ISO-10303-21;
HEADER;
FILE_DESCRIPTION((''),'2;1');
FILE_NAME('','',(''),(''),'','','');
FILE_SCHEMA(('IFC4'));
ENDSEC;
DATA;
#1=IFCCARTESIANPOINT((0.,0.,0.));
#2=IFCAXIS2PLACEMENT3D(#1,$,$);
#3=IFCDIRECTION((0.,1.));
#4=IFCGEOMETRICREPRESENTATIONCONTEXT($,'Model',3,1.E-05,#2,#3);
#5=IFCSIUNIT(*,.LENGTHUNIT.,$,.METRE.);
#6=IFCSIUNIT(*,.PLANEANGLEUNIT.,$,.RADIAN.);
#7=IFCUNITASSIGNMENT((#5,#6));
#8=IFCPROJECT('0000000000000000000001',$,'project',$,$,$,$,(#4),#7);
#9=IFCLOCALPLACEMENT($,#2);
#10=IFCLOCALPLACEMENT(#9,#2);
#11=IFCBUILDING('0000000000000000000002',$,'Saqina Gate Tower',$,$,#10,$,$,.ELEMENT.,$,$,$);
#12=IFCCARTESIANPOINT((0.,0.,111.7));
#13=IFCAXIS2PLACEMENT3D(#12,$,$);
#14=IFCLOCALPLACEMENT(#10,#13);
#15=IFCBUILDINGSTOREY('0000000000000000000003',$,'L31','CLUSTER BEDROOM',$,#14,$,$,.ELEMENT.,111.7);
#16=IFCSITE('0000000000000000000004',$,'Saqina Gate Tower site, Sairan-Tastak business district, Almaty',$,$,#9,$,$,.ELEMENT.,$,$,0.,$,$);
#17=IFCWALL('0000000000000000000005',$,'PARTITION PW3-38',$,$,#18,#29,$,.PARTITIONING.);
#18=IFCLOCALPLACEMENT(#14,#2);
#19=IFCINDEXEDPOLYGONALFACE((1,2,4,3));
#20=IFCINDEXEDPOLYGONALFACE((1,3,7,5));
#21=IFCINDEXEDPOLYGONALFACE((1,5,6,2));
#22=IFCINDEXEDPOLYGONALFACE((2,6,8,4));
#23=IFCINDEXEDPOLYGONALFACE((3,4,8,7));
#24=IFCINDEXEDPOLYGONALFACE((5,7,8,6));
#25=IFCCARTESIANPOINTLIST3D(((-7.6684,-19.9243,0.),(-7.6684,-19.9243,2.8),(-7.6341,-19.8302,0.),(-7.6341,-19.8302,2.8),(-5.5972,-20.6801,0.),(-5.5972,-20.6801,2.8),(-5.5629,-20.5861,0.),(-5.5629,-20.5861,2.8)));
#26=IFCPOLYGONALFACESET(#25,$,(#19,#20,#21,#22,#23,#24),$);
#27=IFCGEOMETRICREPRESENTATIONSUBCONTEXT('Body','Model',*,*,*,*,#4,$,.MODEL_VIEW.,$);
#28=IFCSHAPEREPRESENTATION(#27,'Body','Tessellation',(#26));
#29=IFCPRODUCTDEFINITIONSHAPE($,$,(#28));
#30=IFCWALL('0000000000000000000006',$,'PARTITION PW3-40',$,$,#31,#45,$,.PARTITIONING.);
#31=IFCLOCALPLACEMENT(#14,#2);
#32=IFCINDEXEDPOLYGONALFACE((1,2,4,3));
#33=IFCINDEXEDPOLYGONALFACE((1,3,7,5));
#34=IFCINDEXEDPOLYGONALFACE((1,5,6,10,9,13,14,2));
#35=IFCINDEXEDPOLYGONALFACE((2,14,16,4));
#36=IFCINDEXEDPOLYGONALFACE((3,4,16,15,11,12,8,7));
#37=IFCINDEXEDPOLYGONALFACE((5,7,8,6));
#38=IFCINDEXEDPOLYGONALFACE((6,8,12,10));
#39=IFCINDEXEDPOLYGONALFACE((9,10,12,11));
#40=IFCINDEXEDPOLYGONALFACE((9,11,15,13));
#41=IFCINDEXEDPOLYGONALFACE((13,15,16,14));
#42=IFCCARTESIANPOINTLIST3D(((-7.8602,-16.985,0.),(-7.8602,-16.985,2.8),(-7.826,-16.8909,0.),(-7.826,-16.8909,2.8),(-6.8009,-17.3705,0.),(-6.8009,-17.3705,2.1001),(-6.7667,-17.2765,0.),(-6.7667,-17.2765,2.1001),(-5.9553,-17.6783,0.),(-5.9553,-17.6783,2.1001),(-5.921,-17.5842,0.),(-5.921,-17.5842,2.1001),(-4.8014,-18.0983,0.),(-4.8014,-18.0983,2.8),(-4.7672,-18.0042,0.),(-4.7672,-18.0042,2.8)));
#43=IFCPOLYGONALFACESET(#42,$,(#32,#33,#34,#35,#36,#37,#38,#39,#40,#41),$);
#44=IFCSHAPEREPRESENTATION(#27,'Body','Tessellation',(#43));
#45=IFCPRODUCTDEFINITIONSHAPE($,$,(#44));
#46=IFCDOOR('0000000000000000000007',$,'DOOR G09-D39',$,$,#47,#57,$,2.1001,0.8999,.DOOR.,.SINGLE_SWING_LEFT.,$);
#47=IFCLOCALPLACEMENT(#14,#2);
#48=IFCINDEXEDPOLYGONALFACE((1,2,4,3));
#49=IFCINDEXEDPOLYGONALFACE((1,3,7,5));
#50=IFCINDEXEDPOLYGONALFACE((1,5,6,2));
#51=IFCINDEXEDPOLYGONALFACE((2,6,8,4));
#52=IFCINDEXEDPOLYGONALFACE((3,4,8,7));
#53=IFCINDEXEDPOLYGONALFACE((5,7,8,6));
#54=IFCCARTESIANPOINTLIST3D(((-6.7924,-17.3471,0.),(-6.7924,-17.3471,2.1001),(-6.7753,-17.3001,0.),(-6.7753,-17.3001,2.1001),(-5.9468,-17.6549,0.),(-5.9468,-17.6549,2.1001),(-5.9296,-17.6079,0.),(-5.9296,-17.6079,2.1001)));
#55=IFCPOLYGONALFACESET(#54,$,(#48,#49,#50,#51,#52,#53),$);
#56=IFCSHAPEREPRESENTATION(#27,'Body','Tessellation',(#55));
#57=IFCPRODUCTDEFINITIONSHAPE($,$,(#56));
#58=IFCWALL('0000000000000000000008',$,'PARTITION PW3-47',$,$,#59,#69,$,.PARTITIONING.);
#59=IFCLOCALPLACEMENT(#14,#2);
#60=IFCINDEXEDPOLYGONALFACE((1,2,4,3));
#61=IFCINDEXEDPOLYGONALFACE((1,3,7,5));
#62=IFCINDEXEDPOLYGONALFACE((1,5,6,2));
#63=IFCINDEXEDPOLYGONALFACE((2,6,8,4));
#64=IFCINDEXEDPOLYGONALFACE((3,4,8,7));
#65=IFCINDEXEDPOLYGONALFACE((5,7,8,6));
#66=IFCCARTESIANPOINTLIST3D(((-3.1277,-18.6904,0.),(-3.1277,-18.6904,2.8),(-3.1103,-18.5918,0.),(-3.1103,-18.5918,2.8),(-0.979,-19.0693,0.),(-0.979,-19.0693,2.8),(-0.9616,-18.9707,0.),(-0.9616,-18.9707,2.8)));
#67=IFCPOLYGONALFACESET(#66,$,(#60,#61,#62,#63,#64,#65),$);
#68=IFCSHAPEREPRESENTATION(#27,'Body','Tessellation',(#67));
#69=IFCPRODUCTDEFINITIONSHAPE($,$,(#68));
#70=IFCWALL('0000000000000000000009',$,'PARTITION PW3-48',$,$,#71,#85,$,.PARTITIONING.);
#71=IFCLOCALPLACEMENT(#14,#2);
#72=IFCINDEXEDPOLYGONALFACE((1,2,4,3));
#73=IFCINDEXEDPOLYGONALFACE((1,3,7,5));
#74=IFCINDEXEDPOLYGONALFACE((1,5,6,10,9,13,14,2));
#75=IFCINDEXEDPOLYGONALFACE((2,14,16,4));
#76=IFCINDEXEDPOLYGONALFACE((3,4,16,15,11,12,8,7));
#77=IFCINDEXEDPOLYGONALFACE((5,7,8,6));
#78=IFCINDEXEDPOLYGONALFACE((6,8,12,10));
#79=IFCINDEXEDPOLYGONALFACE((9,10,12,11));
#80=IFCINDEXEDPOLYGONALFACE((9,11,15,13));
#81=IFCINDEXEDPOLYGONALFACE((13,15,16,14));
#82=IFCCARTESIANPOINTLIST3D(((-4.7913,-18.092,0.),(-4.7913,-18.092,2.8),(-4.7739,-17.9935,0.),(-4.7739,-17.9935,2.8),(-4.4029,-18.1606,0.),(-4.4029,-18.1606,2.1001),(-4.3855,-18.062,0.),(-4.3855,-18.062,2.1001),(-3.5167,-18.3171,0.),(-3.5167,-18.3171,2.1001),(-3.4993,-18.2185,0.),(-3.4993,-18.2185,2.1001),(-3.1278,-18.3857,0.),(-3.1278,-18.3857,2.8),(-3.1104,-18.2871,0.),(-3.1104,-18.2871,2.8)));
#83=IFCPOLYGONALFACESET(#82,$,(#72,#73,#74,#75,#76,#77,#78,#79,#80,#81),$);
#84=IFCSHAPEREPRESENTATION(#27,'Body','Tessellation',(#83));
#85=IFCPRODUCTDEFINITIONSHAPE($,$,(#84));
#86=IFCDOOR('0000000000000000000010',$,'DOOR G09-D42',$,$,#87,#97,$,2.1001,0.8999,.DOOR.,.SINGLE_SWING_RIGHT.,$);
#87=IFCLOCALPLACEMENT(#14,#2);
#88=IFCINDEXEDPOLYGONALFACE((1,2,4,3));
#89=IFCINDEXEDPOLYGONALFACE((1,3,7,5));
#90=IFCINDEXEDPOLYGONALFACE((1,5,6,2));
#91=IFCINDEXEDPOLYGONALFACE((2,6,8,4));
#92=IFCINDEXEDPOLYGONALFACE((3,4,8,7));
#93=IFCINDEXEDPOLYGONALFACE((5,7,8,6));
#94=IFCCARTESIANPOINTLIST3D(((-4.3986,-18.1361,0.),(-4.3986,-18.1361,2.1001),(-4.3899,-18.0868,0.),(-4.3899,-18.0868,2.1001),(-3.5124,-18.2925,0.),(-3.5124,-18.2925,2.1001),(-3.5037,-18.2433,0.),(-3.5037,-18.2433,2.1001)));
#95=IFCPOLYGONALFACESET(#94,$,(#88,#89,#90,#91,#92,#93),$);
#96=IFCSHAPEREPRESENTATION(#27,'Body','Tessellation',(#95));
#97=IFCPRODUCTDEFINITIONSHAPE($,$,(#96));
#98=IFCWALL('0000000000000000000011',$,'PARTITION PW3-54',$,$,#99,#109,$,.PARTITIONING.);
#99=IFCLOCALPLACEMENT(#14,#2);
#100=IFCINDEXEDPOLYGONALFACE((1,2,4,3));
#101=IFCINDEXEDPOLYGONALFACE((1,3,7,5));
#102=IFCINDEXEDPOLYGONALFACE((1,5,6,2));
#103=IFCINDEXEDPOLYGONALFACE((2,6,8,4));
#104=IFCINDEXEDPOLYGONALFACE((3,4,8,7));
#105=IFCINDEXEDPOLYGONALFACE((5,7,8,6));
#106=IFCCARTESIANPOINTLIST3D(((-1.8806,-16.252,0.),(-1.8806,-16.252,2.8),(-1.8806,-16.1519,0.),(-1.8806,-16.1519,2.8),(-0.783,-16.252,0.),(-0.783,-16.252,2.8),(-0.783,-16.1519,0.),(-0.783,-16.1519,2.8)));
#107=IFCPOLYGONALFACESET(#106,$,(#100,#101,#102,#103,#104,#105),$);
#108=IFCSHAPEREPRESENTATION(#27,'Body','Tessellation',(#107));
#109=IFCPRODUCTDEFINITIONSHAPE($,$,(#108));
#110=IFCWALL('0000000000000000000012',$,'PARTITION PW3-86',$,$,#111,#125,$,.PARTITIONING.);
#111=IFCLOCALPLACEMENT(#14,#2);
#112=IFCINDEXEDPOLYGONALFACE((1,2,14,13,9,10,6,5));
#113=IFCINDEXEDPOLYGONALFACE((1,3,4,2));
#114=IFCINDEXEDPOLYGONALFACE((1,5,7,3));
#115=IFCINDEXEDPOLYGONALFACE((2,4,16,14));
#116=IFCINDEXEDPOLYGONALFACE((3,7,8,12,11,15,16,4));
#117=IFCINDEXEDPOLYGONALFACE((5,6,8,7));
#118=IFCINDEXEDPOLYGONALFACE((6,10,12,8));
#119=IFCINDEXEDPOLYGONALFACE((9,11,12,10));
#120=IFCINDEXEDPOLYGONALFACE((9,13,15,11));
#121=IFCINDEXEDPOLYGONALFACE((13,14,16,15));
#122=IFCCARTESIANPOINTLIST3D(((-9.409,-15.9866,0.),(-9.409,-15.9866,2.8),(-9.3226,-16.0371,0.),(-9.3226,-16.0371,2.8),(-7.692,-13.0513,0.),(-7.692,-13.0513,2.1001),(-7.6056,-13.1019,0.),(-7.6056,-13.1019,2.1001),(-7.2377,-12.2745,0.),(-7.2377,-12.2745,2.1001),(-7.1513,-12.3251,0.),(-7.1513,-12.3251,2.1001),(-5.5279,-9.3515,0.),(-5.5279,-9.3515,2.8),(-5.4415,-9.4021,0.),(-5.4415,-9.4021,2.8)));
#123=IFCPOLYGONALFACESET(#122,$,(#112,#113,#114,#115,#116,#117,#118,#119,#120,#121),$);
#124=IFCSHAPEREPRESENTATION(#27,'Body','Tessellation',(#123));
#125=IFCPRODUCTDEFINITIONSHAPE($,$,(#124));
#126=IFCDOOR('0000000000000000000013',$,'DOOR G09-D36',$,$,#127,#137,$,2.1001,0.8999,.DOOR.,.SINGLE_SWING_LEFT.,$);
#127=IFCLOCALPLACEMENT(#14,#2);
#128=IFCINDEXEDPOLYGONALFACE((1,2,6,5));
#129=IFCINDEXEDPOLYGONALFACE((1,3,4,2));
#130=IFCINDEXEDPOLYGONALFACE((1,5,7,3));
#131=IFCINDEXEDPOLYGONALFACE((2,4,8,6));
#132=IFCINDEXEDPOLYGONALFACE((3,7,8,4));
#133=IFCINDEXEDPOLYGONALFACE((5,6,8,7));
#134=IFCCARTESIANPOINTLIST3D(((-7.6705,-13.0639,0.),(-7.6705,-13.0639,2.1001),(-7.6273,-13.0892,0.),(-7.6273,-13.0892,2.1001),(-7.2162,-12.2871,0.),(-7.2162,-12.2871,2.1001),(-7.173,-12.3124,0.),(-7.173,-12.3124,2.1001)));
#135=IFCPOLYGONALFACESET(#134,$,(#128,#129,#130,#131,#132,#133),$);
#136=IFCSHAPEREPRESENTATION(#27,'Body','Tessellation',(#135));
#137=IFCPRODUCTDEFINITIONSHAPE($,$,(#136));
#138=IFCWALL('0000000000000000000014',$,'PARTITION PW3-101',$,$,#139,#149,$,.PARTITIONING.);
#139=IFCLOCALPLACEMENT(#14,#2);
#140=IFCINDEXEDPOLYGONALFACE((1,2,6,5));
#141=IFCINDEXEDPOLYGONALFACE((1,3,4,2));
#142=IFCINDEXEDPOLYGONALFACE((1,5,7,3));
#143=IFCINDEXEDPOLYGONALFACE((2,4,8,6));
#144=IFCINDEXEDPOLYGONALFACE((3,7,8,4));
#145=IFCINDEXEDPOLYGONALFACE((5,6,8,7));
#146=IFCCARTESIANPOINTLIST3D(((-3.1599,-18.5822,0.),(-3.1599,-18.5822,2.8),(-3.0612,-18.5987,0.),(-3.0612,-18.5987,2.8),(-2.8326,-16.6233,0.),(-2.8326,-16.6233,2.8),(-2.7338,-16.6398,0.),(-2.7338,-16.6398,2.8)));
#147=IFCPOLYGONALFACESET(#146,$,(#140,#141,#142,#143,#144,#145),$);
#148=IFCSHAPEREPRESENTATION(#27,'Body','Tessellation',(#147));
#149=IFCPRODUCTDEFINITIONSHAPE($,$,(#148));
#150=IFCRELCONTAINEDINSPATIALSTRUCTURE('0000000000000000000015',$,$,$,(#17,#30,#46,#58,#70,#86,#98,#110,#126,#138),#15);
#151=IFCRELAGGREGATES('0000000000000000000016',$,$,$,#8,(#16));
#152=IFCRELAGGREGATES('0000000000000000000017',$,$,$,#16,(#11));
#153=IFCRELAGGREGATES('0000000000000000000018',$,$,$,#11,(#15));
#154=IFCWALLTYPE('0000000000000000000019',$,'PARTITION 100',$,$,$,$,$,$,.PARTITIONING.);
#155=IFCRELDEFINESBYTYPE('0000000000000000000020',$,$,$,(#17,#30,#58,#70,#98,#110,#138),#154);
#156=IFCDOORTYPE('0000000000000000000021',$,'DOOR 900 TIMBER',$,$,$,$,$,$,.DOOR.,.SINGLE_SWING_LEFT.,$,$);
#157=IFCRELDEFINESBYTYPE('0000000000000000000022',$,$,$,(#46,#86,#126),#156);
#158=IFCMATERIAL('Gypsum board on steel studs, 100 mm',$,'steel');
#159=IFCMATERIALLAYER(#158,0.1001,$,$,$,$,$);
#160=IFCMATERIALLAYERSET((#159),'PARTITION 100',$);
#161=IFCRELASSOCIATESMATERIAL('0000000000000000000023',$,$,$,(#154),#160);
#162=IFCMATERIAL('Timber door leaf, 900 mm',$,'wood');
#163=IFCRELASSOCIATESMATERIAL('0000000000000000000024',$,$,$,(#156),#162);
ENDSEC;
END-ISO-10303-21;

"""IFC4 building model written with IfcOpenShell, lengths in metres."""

from ifc_helpers import new_model, si_unit, direction, frame, frame_2d, origin, place, context, subcontext, project, spatial, rectangle, extrude, material, layer, layer_set, type_object, element, fill, save


model = new_model("IFC4")

# Units and contexts
model_context = context("Model", 3, precision=1e-05, world=origin(), true_north=direction((0.0, 1.0)))
body_context = subcontext(model_context, "Body", "Model", "MODEL_VIEW")
ifc_project = project(units=[si_unit("LENGTHUNIT", "METRE"), si_unit("PLANEANGLEUNIT", "RADIAN")], contexts=[model_context])

# Site, building, storey
site_placement = place(None, origin())
site = spatial("IfcSite", under=ifc_project, at=site_placement, Name="Saqina Gate Tower site, Sairan-Tastak business district, Almaty", CompositionType="ELEMENT", RefElevation=0.0)
building_placement = place(site_placement, origin())
building = spatial("IfcBuilding", under=site, at=building_placement, Name="Saqina Gate Tower", CompositionType="ELEMENT")
storey_placement = place(building_placement, frame((0.0, 0.0, 111.7)))
storey = spatial("IfcBuildingStorey", under=building, at=storey_placement, Name="L31", Description="CLUSTER BEDROOM", CompositionType="ELEMENT", Elevation=111.7)

# Wall
ifc_material_1 = material(Name="Gypsum board on steel studs, 100 mm", Category="steel")
ifc_layer_1 = layer(ifc_material_1, 0.1001)
ifc_layer_set_1 = layer_set([ifc_layer_1], Name="PARTITION 100")
wall_type_1 = type_object("IfcWallType", Name="PARTITION 100", PredefinedType="PARTITIONING", material=ifc_layer_set_1)
wall_1_placement = place(storey_placement, frame((-7.6514, -19.8772, 0.0), z_axis=(0.0, 0.0, 1.0), x_axis=(0.939405, -0.34281, 0.0)))
element("IfcWall", 1, at=wall_1_placement, inside=storey, type_object=wall_type_1, Name="PARTITION PW3-38", PredefinedType="PARTITIONING", context=body_context, shape_type="SweptSolid", body=[
    extrude(rectangle(XDim=2.2048, YDim=0.1001, at=frame_2d((1.1025, 0.0))), origin(), (0.0, 0.0, 1.0), 2.8),
])

# Wall, opening, door
wall_2_placement = place(storey_placement, frame((-7.843, -16.938, 0.0), z_axis=(0.0, 0.0, 1.0), x_axis=(0.939697, -0.342008, 0.0)))
wall_2 = element("IfcWall", 2, at=wall_2_placement, inside=storey, type_object=wall_type_1, Name="PARTITION PW3-40", PredefinedType="PARTITIONING", context=body_context, shape_type="SweptSolid", body=[
    extrude(rectangle(XDim=3.2551, YDim=0.1001, at=frame_2d((1.6274, 0.0))), origin(), (0.0, 0.0, 1.0), 2.8),
])
opening_1_placement = place(wall_2_placement, frame((1.1272, 0.0, 0.0)))
opening_1 = element("IfcOpeningElement", 3, at=opening_1_placement, cuts=wall_2, PredefinedType="OPENING", context=body_context, shape_type="SweptSolid", body=[
    extrude(rectangle(XDim=0.8999, YDim=2.1001, at=frame_2d((0.45, 1.05))), frame((0.0, 0.062, 0.0), z_axis=(0.0, -1.0, 0.0), x_axis=(1.0, 0.0, 0.0)), (0.0, 0.0, 1.0), 0.124),
])
ifc_material_2 = material(Name="Timber door leaf, 900 mm", Category="wood")
door_type_1 = type_object("IfcDoorType", Name="DOOR 900 TIMBER", OperationType="SINGLE_SWING_LEFT", PredefinedType="DOOR", material=ifc_material_2)
door_1_placement = place(opening_1_placement, origin())
door_1 = element("IfcDoor", 4, at=door_1_placement, inside=storey, type_object=door_type_1, Name="DOOR G09-D39", OperationType="SINGLE_SWING_LEFT", OverallHeight=2.1001, OverallWidth=0.8999, PredefinedType="DOOR", context=body_context, shape_type="SweptSolid", body=[
    extrude(rectangle(XDim=0.8999, YDim=2.1001, at=frame_2d((0.45, 1.05))), frame((0.0, 0.0249, 0.0), z_axis=(0.0, -1.0, 0.0), x_axis=(1.0, 0.0, 0.0)), (0.0, 0.0, 1.0), 0.05),
])
fill(opening_1, door_1)

# Wall
wall_3_placement = place(storey_placement, frame((-3.1189, -18.6411, 0.0), z_axis=(0.0, 0.0, 1.0), x_axis=(0.984805, -0.173664, 0.0)))
element("IfcWall", 5, at=wall_3_placement, inside=storey, type_object=wall_type_1, Name="PARTITION PW3-47", PredefinedType="PARTITIONING", context=body_context, shape_type="SweptSolid", body=[
    extrude(rectangle(XDim=2.1819, YDim=0.1001, at=frame_2d((1.0908, 0.0))), origin(), (0.0, 0.0, 1.0), 2.8),
])

# Wall, opening, door
wall_4_placement = place(storey_placement, frame((-4.7827, -18.0427, 0.0), z_axis=(0.0, 0.0, 1.0), x_axis=(0.98477, -0.17386, 0.0)))
wall_4 = element("IfcWall", 6, at=wall_4_placement, inside=storey, type_object=wall_type_1, Name="PARTITION PW3-48", PredefinedType="PARTITIONING", context=body_context, shape_type="SweptSolid", body=[
    extrude(rectangle(XDim=1.6892, YDim=0.1001, at=frame_2d((0.8447, 0.0))), origin(), (0.0, 0.0, 1.0), 2.8),
])
opening_2_placement = place(wall_4_placement, frame((0.3945, 0.0, 0.0)))
opening_2 = element("IfcOpeningElement", 7, at=opening_2_placement, cuts=wall_4, PredefinedType="OPENING", context=body_context, shape_type="SweptSolid", body=[
    extrude(rectangle(XDim=0.8999, YDim=2.1001, at=frame_2d((0.45, 1.05))), frame((0.0, 0.062, 0.0), z_axis=(0.0, -1.0, 0.0), x_axis=(1.0, 0.0, 0.0)), (0.0, 0.0, 1.0), 0.124),
])
door_2_placement = place(opening_2_placement, origin())
door_2 = element("IfcDoor", 8, at=door_2_placement, inside=storey, type_object=door_type_1, Name="DOOR G09-D42", OperationType="SINGLE_SWING_RIGHT", OverallHeight=2.1001, OverallWidth=0.8999, PredefinedType="DOOR", context=body_context, shape_type="SweptSolid", body=[
    extrude(rectangle(XDim=0.8999, YDim=2.1001, at=frame_2d((0.45, 1.05))), frame((0.0, 0.0249, 0.0), z_axis=(0.0, -1.0, 0.0), x_axis=(1.0, 0.0, 0.0)), (0.0, 0.0, 1.0), 0.05),
])
fill(opening_2, door_2)

# Wall
wall_5_placement = place(storey_placement, frame((-1.8806, -16.2019, 0.0), z_axis=(0.0, 0.0, 1.0), x_axis=(1.0, 0.0, 0.0)))
element("IfcWall", 9, at=wall_5_placement, inside=storey, type_object=wall_type_1, Name="PARTITION PW3-54", PredefinedType="PARTITIONING", context=body_context, shape_type="SweptSolid", body=[
    extrude(rectangle(XDim=1.0977, YDim=0.1001, at=frame_2d((0.5488, 0.0))), origin(), (0.0, 0.0, 1.0), 2.8),
])

# Wall, opening, door
wall_6_placement = place(storey_placement, frame((-9.3657, -16.0117, 0.0), z_axis=(0.0, 0.0, 1.0), x_axis=(0.504907, 0.863173, 0.0)))
wall_6 = element("IfcWall", 10, at=wall_6_placement, inside=storey, type_object=wall_type_1, Name="PARTITION PW3-86", PredefinedType="PARTITIONING", context=body_context, shape_type="SweptSolid", body=[
    extrude(rectangle(XDim=7.6868, YDim=0.1001, at=frame_2d((3.8433, 0.0))), origin(), (0.0, 0.0, 1.0), 2.8),
])
opening_3_placement = place(wall_6_placement, frame((3.4004, 0.0, 0.0)))
opening_3 = element("IfcOpeningElement", 11, at=opening_3_placement, cuts=wall_6, PredefinedType="OPENING", context=body_context, shape_type="SweptSolid", body=[
    extrude(rectangle(XDim=0.8999, YDim=2.1001, at=frame_2d((0.45, 1.05))), frame((0.0, 0.062, 0.0), z_axis=(0.0, -1.0, 0.0), x_axis=(1.0, 0.0, 0.0)), (0.0, 0.0, 1.0), 0.124),
])
door_3_placement = place(opening_3_placement, frame((0.8999, 0.0, 0.0), z_axis=(0.0, 0.0, 1.0), x_axis=(-1.0, 0.0, 0.0)))
door_3 = element("IfcDoor", 12, at=door_3_placement, inside=storey, type_object=door_type_1, Name="DOOR G09-D36", OperationType="SINGLE_SWING_LEFT", OverallHeight=2.1001, OverallWidth=0.8999, PredefinedType="DOOR", context=body_context, shape_type="SweptSolid", body=[
    extrude(rectangle(XDim=0.8999, YDim=2.1001, at=frame_2d((0.45, 1.05))), frame((0.0, 0.0249, 0.0), z_axis=(0.0, -1.0, 0.0), x_axis=(1.0, 0.0, 0.0)), (0.0, 0.0, 1.0), 0.05),
])
fill(opening_3, door_3)

# Wall
wall_7_placement = place(storey_placement, frame((-3.1106, -18.5906, 0.0), z_axis=(0.0, 0.0, 1.0), x_axis=(0.164838, 0.986321, 0.0)))
element("IfcWall", 13, at=wall_7_placement, inside=storey, type_object=wall_type_1, Name="PARTITION PW3-101", PredefinedType="PARTITIONING", context=body_context, shape_type="SweptSolid", body=[
    extrude(rectangle(XDim=1.9861, YDim=0.1001, at=frame_2d((0.9932, 0.0))), origin(), (0.0, 0.0, 1.0), 2.8),
])

save(model, "model.ifc")
